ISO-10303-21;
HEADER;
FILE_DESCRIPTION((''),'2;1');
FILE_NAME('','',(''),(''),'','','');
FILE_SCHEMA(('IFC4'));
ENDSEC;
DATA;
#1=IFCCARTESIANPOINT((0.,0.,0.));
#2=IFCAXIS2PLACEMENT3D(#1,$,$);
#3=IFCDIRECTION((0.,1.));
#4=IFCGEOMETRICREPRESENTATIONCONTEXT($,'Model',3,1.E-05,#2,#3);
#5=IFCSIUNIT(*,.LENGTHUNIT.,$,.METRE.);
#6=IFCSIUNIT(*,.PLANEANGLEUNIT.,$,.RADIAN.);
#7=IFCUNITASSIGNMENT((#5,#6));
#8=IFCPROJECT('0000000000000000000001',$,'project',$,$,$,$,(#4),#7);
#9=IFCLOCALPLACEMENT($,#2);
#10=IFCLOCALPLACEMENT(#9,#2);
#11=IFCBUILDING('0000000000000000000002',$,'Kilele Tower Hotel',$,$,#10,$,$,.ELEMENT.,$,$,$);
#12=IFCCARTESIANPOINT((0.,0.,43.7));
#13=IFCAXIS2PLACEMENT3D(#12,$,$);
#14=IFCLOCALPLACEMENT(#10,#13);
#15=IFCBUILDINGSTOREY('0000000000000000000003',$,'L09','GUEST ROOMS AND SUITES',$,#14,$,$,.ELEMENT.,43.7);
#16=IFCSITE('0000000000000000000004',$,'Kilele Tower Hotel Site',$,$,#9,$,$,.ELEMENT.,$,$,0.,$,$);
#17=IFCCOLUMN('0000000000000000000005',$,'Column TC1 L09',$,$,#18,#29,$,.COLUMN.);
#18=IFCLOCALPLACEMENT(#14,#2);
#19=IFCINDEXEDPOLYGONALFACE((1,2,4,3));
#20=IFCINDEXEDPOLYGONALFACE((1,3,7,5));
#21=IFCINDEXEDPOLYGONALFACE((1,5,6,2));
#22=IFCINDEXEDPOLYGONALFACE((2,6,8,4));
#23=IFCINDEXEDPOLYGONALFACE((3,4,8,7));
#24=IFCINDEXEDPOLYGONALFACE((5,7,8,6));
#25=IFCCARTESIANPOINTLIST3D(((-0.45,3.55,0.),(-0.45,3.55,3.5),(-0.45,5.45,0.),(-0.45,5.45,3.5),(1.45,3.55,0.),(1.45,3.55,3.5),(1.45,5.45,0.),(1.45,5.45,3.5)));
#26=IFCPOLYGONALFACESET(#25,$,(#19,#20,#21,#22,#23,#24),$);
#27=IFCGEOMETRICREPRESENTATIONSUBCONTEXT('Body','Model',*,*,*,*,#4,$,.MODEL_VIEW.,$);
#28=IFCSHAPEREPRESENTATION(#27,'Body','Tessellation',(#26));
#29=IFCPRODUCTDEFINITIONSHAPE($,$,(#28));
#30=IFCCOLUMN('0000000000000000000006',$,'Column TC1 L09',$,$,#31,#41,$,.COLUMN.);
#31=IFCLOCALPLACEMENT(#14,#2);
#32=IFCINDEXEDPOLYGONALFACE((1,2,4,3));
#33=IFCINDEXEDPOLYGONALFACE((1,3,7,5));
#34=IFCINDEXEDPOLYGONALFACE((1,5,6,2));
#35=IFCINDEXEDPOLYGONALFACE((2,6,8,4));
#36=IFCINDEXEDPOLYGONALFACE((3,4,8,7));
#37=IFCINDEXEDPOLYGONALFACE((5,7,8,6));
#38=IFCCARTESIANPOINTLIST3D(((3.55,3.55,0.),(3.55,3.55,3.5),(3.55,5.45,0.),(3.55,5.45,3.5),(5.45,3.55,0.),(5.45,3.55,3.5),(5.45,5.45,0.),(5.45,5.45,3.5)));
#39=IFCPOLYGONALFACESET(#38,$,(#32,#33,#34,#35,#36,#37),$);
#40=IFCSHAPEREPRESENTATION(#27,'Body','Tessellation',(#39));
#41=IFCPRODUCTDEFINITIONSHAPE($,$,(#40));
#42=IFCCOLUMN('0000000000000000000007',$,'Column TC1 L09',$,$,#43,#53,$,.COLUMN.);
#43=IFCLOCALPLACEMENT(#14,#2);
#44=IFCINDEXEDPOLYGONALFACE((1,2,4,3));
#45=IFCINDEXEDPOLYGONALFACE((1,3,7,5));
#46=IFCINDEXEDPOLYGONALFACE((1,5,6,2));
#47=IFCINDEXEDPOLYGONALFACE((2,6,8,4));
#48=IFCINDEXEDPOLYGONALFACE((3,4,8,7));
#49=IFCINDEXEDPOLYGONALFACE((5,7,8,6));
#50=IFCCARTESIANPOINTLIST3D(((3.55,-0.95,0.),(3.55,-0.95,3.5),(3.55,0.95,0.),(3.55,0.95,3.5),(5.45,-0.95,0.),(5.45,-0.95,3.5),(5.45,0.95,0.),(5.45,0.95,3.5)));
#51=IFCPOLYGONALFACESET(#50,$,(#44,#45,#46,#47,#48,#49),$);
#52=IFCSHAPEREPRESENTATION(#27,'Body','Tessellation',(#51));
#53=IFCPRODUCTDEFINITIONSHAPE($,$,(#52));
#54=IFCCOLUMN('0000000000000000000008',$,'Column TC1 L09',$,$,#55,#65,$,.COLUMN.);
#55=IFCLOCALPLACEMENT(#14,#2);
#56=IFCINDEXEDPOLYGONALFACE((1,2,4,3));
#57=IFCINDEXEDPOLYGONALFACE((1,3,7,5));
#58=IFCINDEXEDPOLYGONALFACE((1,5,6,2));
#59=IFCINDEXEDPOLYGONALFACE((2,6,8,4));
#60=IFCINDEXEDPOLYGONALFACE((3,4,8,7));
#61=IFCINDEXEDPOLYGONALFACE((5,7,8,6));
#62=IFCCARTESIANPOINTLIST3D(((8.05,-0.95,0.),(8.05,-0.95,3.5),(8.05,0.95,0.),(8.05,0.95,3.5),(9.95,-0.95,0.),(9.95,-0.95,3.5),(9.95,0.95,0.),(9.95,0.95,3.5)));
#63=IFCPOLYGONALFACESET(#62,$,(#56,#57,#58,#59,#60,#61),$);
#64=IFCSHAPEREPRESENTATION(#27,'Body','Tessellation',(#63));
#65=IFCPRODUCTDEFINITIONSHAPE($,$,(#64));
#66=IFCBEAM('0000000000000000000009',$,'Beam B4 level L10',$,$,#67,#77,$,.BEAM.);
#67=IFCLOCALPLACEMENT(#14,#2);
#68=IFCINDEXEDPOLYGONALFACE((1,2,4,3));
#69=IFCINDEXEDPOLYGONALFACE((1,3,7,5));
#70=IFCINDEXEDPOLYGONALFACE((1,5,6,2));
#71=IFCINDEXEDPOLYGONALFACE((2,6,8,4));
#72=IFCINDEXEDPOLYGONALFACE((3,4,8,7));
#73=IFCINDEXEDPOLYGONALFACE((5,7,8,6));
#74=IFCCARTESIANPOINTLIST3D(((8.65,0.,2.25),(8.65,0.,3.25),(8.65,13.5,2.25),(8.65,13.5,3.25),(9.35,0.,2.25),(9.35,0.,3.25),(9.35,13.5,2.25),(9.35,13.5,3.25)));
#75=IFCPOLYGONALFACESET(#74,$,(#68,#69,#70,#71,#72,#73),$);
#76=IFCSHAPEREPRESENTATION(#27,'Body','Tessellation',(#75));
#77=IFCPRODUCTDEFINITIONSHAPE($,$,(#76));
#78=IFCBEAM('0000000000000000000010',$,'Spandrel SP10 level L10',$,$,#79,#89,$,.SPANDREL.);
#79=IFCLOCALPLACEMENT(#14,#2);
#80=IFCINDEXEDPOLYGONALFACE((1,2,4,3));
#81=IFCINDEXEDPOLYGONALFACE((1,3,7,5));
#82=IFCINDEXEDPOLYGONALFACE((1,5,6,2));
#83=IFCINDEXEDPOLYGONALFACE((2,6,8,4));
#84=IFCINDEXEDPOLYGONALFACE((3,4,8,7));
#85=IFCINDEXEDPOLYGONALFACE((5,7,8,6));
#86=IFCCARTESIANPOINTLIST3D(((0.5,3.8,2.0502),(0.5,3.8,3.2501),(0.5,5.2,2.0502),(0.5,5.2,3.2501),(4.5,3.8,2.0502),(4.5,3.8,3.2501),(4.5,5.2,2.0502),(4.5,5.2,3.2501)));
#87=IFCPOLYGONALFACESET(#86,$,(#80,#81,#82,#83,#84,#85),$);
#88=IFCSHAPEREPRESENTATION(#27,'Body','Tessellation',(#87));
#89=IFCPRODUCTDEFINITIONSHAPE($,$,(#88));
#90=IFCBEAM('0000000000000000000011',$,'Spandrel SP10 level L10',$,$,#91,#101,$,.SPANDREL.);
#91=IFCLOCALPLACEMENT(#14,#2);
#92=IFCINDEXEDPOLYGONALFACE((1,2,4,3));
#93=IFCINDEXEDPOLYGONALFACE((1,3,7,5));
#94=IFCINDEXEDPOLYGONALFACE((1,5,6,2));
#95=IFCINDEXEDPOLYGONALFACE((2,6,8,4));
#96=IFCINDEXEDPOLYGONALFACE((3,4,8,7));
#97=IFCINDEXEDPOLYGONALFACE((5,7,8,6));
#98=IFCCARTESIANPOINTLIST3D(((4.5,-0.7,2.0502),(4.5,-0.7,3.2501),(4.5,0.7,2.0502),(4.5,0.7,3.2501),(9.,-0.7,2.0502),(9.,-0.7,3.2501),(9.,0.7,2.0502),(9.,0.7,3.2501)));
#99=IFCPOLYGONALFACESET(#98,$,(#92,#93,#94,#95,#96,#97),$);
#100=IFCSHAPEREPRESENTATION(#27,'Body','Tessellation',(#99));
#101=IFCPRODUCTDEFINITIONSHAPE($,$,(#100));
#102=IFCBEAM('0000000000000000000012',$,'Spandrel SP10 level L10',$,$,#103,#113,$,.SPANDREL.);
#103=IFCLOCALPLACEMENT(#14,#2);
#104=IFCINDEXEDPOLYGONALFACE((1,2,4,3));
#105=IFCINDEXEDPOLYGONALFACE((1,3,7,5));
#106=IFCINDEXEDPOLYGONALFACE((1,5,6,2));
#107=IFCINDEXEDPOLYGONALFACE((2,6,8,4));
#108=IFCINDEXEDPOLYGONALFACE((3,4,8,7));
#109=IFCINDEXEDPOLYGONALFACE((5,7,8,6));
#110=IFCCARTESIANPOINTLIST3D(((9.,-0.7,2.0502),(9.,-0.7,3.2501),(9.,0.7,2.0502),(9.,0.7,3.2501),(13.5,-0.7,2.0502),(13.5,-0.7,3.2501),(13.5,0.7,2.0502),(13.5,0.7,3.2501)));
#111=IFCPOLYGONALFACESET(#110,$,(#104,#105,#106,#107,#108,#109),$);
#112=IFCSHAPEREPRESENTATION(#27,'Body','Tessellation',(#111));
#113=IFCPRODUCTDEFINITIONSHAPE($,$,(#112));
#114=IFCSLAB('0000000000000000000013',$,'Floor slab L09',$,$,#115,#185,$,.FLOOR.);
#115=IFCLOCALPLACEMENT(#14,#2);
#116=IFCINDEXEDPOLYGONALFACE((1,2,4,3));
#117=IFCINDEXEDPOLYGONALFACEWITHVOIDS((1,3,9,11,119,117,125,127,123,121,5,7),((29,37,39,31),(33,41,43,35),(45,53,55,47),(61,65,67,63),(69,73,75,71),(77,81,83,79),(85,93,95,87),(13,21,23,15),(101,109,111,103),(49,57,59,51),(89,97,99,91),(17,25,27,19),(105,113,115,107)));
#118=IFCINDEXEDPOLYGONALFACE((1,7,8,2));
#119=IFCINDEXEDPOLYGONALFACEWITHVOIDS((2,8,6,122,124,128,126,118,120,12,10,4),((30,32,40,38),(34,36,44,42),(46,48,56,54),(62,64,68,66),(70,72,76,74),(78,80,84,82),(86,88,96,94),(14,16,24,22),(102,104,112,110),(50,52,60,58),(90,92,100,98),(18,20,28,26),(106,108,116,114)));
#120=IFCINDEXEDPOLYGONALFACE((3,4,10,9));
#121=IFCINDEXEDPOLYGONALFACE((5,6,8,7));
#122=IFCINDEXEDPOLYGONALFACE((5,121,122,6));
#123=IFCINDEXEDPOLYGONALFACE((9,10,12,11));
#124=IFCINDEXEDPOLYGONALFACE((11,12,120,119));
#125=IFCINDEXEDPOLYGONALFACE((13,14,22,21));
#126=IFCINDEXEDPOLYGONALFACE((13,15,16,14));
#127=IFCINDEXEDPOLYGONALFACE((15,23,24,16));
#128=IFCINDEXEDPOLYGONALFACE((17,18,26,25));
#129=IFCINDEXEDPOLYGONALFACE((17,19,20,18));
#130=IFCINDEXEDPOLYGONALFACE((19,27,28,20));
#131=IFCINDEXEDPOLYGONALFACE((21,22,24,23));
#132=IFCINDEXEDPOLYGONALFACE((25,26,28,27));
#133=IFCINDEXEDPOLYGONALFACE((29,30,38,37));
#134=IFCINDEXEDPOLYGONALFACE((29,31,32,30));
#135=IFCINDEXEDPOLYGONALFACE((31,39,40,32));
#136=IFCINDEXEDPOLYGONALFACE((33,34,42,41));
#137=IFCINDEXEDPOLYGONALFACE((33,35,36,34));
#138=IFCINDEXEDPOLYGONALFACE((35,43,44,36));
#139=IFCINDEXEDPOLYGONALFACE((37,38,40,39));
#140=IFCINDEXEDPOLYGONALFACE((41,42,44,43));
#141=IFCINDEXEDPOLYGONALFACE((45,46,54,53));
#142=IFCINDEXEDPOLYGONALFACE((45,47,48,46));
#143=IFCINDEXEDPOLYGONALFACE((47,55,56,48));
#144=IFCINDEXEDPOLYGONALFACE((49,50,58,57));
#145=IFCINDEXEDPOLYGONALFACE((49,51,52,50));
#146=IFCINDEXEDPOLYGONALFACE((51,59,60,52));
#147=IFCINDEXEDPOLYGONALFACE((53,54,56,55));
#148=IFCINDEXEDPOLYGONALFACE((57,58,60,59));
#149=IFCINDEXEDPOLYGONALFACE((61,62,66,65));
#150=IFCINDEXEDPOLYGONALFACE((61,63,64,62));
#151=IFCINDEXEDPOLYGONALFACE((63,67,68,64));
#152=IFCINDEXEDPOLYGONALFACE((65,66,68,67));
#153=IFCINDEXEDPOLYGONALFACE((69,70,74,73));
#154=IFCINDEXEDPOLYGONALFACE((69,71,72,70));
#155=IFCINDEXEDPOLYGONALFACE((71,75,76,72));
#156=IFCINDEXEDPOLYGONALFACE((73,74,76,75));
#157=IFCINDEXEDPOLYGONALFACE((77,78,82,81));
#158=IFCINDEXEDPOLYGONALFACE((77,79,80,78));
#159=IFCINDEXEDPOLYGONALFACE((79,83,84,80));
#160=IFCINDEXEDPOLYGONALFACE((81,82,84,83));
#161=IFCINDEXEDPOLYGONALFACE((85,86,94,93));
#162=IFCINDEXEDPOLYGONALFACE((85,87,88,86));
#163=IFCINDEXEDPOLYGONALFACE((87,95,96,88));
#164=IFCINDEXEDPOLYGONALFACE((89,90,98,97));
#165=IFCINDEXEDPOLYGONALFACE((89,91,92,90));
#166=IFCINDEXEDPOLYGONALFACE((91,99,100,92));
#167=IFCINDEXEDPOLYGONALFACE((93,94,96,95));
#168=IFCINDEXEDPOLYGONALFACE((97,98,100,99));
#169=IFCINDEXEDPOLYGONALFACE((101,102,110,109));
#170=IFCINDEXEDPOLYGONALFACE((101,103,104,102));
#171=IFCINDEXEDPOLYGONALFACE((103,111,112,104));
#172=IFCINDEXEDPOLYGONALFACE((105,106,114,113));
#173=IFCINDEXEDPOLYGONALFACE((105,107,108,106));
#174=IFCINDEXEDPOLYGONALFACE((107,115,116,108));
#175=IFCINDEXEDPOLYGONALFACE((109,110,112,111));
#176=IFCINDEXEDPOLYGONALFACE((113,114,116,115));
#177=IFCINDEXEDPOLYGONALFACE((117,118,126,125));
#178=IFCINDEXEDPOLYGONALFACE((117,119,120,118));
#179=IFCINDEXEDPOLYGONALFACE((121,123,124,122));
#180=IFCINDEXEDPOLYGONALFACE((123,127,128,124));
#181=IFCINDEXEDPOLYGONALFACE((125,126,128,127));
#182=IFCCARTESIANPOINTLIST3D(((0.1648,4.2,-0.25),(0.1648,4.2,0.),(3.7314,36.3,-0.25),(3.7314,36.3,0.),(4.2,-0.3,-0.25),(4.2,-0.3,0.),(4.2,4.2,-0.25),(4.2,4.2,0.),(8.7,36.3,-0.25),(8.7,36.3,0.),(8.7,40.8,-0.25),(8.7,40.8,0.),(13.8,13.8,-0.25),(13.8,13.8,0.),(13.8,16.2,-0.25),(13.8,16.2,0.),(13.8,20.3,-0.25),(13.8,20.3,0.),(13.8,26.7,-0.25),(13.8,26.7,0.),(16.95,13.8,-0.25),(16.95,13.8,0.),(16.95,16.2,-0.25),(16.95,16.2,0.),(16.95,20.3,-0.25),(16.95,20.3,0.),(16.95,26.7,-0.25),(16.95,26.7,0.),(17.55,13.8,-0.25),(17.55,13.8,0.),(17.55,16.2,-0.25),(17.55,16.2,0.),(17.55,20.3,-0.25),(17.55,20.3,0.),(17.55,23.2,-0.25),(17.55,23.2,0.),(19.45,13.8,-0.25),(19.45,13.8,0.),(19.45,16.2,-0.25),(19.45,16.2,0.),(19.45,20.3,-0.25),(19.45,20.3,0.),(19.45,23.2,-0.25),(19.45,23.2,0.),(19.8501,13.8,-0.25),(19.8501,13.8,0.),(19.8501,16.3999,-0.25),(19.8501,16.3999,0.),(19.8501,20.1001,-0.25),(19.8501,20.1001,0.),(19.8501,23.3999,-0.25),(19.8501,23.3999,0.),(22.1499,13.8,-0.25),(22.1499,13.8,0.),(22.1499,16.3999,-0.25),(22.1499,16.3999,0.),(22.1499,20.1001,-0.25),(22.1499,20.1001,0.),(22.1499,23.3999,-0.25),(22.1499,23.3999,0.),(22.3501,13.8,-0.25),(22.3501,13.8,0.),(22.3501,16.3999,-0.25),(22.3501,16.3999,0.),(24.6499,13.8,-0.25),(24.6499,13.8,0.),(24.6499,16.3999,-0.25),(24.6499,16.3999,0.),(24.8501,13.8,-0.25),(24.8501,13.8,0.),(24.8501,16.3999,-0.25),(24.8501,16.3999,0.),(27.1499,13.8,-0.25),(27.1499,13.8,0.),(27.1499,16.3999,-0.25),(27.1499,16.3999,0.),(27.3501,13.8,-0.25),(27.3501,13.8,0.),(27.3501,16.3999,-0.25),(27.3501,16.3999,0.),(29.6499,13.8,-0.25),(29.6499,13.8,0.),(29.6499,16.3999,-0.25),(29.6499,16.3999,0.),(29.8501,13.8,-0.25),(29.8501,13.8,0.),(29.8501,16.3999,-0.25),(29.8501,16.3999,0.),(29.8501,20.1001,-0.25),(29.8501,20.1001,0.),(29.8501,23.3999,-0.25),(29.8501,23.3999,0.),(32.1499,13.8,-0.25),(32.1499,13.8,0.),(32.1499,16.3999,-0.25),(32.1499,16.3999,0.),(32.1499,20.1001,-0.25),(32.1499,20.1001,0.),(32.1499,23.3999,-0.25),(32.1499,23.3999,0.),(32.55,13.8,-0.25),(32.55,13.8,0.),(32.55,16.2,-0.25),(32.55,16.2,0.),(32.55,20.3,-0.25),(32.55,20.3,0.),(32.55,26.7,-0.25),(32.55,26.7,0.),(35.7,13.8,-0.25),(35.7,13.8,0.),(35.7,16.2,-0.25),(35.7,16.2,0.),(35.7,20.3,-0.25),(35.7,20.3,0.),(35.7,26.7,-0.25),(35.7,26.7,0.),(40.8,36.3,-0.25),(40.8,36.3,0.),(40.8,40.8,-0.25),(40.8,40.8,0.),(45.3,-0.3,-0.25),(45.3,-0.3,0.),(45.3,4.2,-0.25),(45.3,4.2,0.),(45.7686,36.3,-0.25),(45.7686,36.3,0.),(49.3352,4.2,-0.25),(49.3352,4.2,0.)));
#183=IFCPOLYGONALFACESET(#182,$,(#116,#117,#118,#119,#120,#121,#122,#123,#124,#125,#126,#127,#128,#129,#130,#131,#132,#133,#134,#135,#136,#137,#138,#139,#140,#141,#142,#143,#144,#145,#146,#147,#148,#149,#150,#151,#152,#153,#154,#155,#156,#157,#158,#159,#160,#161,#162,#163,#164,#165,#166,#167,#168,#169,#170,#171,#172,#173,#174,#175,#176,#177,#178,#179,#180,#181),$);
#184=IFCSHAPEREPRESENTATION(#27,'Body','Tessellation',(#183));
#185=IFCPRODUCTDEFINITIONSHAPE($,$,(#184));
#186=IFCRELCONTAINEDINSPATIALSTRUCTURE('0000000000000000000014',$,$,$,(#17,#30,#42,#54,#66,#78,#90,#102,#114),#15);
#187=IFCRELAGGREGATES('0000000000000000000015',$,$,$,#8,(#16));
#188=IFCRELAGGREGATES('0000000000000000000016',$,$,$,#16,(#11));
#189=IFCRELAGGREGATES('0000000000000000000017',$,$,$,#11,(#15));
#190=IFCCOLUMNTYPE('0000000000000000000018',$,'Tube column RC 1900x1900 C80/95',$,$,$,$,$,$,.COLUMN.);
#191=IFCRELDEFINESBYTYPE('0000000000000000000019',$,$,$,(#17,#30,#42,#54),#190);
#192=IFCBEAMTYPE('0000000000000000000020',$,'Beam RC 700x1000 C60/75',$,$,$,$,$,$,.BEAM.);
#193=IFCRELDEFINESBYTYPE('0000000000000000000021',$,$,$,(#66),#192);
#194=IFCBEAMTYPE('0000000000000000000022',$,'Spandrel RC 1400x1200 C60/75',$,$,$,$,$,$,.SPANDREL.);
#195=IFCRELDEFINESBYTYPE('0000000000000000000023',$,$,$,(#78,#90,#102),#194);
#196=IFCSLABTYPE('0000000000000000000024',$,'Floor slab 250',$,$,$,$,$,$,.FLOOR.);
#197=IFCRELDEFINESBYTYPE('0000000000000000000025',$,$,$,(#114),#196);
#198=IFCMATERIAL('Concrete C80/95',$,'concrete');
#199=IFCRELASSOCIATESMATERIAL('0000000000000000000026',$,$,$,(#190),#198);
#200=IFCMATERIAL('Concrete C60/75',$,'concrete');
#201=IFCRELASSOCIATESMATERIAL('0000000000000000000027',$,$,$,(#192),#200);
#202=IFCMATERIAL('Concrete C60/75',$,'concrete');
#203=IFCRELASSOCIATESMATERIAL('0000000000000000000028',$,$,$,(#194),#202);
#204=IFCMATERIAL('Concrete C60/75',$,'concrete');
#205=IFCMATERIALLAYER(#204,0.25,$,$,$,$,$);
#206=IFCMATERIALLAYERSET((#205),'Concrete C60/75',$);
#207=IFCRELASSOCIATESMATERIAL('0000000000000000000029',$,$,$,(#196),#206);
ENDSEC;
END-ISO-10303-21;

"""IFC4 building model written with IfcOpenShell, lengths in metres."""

from ifc_helpers import new_model, si_unit, direction, frame, origin, origin_2d, place, context, subcontext, project, spatial, polyline, rectangle, outline, extrude, material, layer, layer_set, material_profile, profile_set, type_object, element, save


model = new_model("IFC4")

# Units and contexts
model_context = context("Model", 3, precision=1e-05, world=origin(), true_north=direction((0.0, 1.0)))
body_context = subcontext(model_context, "Body", "Model", "MODEL_VIEW")
ifc_project = project(units=[si_unit("LENGTHUNIT", "METRE"), si_unit("PLANEANGLEUNIT", "RADIAN")], contexts=[model_context])

# Site, building, storey
site_placement = place(None, origin())
site = spatial("IfcSite", under=ifc_project, at=site_placement, Name="Kilele Tower Hotel Site", CompositionType="ELEMENT", RefElevation=0.0)
building_placement = place(site_placement, origin())
building = spatial("IfcBuilding", under=site, at=building_placement, Name="Kilele Tower Hotel", CompositionType="ELEMENT")
storey_placement = place(building_placement, frame((0.0, 0.0, 43.7)))
storey = spatial("IfcBuildingStorey", under=building, at=storey_placement, Name="L09", Description="GUEST ROOMS AND SUITES", CompositionType="ELEMENT", Elevation=43.7)

# Columns
ifc_material_1 = material(Name="Concrete C80/95", Category="concrete")
ifc_material_profile_1 = material_profile(ifc_material_1, rectangle(XDim=1.8999, YDim=1.8999, at=origin_2d()))
ifc_profile_set_1 = profile_set([ifc_material_profile_1], Name="Concrete C80/95")
column_type = type_object("IfcColumnType", Name="Tube column RC 1900x1900 C80/95", PredefinedType="COLUMN", material=ifc_profile_set_1)
for number, where, z_axis, x_axis, name in (
    (1, (0.5, 4.5, 0.0), (0.0, 0.0, 1.0), (1.0, 0.0, 0.0), "Column TC1 L09"),
    (2, (4.5, 4.5, 0.0), (0.0, 0.0, 1.0), (1.0, 0.0, 0.0), "Column TC1 L09"),
    (3, (4.5, 0.0, 0.0), (0.0, 0.0, 1.0), (1.0, 0.0, 0.0), "Column TC1 L09"),
    (4, (9.0, 0.0, 0.0), (0.0, 0.0, 1.0), (1.0, 0.0, 0.0), "Column TC1 L09"),
):
    element("IfcColumn", number, at=place(storey_placement, frame(where, z_axis=z_axis, x_axis=x_axis)), inside=storey, type_object=column_type, Name=name, PredefinedType="COLUMN", context=body_context, shape_type="SweptSolid", body=[
        extrude(rectangle(XDim=1.8999, YDim=1.8999, at=origin_2d()), origin(), (0.0, 0.0, 1.0), 3.5),
    ])

# Beams
ifc_material_2 = material(Name="Concrete C60/75", Category="concrete")
ifc_material_profile_2 = material_profile(ifc_material_2, rectangle(XDim=0.7, YDim=1.0, at=origin_2d()))
ifc_profile_set_2 = profile_set([ifc_material_profile_2], Name="Concrete C60/75")
beam_type_1 = type_object("IfcBeamType", Name="Beam RC 700x1000 C60/75", PredefinedType="BEAM", material=ifc_profile_set_2)
beam_1_placement = place(storey_placement, frame((9.0, 0.0, 2.75), z_axis=(0.0, 1.0, 0.0), x_axis=(-1.0, 0.0, 0.0)))
element("IfcBeam", 5, at=beam_1_placement, inside=storey, type_object=beam_type_1, Name="Beam B4 level L10", PredefinedType="BEAM", context=body_context, shape_type="SweptSolid", body=[
    extrude(rectangle(XDim=0.7, YDim=1.0, at=origin_2d()), origin(), (0.0, 0.0, 1.0), 13.5),
])
ifc_material_3 = material(Name="Concrete C60/75", Category="concrete")
ifc_material_profile_3 = material_profile(ifc_material_3, rectangle(XDim=1.3999, YDim=1.2, at=origin_2d()))
ifc_profile_set_3 = profile_set([ifc_material_profile_3], Name="Concrete C60/75")
beam_type_2 = type_object("IfcBeamType", Name="Spandrel RC 1400x1200 C60/75", PredefinedType="SPANDREL", material=ifc_profile_set_3)
beam_2_placement = place(storey_placement, frame((0.5, 4.5, 2.6501), z_axis=(1.0, 0.0, 0.0), x_axis=(0.0, 1.0, 0.0)))
element("IfcBeam", 6, at=beam_2_placement, inside=storey, type_object=beam_type_2, Name="Spandrel SP10 level L10", PredefinedType="SPANDREL", context=body_context, shape_type="SweptSolid", body=[
    extrude(rectangle(XDim=1.3999, YDim=1.2, at=origin_2d()), origin(), (0.0, 0.0, 1.0), 4.0),
])
for number, where, z_axis, x_axis, name in (
    (7, (4.5, 0.0, 2.6501), (1.0, 0.0, 0.0), (0.0, 1.0, 0.0), "Spandrel SP10 level L10"),
    (8, (9.0, 0.0, 2.6501), (1.0, 0.0, 0.0), (0.0, 1.0, 0.0), "Spandrel SP10 level L10"),
):
    element("IfcBeam", number, at=place(storey_placement, frame(where, z_axis=z_axis, x_axis=x_axis)), inside=storey, type_object=beam_type_2, Name=name, PredefinedType="SPANDREL", context=body_context, shape_type="SweptSolid", body=[
        extrude(rectangle(XDim=1.3999, YDim=1.2, at=origin_2d()), origin(), (0.0, 0.0, 1.0), 4.5),
    ])

# Slab
ifc_material_4 = material(Name="Concrete C60/75", Category="concrete")
ifc_layer_1 = layer(ifc_material_4, 0.25)
ifc_layer_set_1 = layer_set([ifc_layer_1], Name="Concrete C60/75")
slab_type_1 = type_object("IfcSlabType", Name="Floor slab 250", PredefinedType="FLOOR", material=ifc_layer_set_1)
slab_1_placement = place(storey_placement, frame((0.0, 0.0, -0.25)))
element("IfcSlab", 9, at=slab_1_placement, inside=storey, type_object=slab_type_1, Name="Floor slab L09", PredefinedType="FLOOR", context=body_context, shape_type="SweptSolid", body=[
    extrude(outline(polyline([(8.7, 36.3), (8.7, 40.8), (40.8, 40.8), (40.8, 36.3), (45.7686, 36.3), (49.3352, 4.2), (45.3, 4.2), (45.3, -0.3), (4.2, -0.3), (4.2, 4.2), (0.1648, 4.2), (3.7314, 36.3), (8.7, 36.3)]), holes=[polyline([(16.95, 16.2), (13.8, 16.2), (13.8, 13.8), (16.95, 13.8), (16.95, 16.2)]), polyline([(19.45, 13.8), (19.45, 16.2), (17.55, 16.2), (17.55, 13.8), (19.45, 13.8)]), polyline([(22.1499, 13.8), (22.1499, 16.3999), (19.8501, 16.3999), (19.8501, 13.8), (22.1499, 13.8)]), polyline([(24.6499, 16.3999), (22.3501, 16.3999), (22.3501, 13.8), (24.6499, 13.8), (24.6499, 16.3999)]), polyline([(19.45, 20.3), (19.45, 23.2), (17.55, 23.2), (17.55, 20.3), (19.45, 20.3)]), polyline([(22.1499, 20.1001), (22.1499, 23.3999), (19.8501, 23.3999), (19.8501, 20.1001), (22.1499, 20.1001)]), polyline([(16.95, 26.7), (13.8, 26.7), (13.8, 20.3), (16.95, 20.3), (16.95, 26.7)]), polyline([(35.7, 13.8), (35.7, 16.2), (32.55, 16.2), (32.55, 13.8), (35.7, 13.8)]), polyline([(27.1499, 13.8), (27.1499, 16.3999), (24.8501, 16.3999), (24.8501, 13.8), (27.1499, 13.8)]), polyline([(29.6499, 13.8), (29.6499, 16.3999), (27.3501, 16.3999), (27.3501, 13.8), (29.6499, 13.8)]), polyline([(32.1499, 13.8), (32.1499, 16.3999), (29.8501, 16.3999), (29.8501, 13.8), (32.1499, 13.8)]), polyline([(32.1499, 20.1001), (32.1499, 23.3999), (29.8501, 23.3999), (29.8501, 20.1001), (32.1499, 20.1001)]), polyline([(35.7, 20.3), (35.7, 26.7), (32.55, 26.7), (32.55, 20.3), (35.7, 20.3)])]), origin(), (0.0, 0.0, 1.0), 0.25),
])

save(model, "model.ifc")
